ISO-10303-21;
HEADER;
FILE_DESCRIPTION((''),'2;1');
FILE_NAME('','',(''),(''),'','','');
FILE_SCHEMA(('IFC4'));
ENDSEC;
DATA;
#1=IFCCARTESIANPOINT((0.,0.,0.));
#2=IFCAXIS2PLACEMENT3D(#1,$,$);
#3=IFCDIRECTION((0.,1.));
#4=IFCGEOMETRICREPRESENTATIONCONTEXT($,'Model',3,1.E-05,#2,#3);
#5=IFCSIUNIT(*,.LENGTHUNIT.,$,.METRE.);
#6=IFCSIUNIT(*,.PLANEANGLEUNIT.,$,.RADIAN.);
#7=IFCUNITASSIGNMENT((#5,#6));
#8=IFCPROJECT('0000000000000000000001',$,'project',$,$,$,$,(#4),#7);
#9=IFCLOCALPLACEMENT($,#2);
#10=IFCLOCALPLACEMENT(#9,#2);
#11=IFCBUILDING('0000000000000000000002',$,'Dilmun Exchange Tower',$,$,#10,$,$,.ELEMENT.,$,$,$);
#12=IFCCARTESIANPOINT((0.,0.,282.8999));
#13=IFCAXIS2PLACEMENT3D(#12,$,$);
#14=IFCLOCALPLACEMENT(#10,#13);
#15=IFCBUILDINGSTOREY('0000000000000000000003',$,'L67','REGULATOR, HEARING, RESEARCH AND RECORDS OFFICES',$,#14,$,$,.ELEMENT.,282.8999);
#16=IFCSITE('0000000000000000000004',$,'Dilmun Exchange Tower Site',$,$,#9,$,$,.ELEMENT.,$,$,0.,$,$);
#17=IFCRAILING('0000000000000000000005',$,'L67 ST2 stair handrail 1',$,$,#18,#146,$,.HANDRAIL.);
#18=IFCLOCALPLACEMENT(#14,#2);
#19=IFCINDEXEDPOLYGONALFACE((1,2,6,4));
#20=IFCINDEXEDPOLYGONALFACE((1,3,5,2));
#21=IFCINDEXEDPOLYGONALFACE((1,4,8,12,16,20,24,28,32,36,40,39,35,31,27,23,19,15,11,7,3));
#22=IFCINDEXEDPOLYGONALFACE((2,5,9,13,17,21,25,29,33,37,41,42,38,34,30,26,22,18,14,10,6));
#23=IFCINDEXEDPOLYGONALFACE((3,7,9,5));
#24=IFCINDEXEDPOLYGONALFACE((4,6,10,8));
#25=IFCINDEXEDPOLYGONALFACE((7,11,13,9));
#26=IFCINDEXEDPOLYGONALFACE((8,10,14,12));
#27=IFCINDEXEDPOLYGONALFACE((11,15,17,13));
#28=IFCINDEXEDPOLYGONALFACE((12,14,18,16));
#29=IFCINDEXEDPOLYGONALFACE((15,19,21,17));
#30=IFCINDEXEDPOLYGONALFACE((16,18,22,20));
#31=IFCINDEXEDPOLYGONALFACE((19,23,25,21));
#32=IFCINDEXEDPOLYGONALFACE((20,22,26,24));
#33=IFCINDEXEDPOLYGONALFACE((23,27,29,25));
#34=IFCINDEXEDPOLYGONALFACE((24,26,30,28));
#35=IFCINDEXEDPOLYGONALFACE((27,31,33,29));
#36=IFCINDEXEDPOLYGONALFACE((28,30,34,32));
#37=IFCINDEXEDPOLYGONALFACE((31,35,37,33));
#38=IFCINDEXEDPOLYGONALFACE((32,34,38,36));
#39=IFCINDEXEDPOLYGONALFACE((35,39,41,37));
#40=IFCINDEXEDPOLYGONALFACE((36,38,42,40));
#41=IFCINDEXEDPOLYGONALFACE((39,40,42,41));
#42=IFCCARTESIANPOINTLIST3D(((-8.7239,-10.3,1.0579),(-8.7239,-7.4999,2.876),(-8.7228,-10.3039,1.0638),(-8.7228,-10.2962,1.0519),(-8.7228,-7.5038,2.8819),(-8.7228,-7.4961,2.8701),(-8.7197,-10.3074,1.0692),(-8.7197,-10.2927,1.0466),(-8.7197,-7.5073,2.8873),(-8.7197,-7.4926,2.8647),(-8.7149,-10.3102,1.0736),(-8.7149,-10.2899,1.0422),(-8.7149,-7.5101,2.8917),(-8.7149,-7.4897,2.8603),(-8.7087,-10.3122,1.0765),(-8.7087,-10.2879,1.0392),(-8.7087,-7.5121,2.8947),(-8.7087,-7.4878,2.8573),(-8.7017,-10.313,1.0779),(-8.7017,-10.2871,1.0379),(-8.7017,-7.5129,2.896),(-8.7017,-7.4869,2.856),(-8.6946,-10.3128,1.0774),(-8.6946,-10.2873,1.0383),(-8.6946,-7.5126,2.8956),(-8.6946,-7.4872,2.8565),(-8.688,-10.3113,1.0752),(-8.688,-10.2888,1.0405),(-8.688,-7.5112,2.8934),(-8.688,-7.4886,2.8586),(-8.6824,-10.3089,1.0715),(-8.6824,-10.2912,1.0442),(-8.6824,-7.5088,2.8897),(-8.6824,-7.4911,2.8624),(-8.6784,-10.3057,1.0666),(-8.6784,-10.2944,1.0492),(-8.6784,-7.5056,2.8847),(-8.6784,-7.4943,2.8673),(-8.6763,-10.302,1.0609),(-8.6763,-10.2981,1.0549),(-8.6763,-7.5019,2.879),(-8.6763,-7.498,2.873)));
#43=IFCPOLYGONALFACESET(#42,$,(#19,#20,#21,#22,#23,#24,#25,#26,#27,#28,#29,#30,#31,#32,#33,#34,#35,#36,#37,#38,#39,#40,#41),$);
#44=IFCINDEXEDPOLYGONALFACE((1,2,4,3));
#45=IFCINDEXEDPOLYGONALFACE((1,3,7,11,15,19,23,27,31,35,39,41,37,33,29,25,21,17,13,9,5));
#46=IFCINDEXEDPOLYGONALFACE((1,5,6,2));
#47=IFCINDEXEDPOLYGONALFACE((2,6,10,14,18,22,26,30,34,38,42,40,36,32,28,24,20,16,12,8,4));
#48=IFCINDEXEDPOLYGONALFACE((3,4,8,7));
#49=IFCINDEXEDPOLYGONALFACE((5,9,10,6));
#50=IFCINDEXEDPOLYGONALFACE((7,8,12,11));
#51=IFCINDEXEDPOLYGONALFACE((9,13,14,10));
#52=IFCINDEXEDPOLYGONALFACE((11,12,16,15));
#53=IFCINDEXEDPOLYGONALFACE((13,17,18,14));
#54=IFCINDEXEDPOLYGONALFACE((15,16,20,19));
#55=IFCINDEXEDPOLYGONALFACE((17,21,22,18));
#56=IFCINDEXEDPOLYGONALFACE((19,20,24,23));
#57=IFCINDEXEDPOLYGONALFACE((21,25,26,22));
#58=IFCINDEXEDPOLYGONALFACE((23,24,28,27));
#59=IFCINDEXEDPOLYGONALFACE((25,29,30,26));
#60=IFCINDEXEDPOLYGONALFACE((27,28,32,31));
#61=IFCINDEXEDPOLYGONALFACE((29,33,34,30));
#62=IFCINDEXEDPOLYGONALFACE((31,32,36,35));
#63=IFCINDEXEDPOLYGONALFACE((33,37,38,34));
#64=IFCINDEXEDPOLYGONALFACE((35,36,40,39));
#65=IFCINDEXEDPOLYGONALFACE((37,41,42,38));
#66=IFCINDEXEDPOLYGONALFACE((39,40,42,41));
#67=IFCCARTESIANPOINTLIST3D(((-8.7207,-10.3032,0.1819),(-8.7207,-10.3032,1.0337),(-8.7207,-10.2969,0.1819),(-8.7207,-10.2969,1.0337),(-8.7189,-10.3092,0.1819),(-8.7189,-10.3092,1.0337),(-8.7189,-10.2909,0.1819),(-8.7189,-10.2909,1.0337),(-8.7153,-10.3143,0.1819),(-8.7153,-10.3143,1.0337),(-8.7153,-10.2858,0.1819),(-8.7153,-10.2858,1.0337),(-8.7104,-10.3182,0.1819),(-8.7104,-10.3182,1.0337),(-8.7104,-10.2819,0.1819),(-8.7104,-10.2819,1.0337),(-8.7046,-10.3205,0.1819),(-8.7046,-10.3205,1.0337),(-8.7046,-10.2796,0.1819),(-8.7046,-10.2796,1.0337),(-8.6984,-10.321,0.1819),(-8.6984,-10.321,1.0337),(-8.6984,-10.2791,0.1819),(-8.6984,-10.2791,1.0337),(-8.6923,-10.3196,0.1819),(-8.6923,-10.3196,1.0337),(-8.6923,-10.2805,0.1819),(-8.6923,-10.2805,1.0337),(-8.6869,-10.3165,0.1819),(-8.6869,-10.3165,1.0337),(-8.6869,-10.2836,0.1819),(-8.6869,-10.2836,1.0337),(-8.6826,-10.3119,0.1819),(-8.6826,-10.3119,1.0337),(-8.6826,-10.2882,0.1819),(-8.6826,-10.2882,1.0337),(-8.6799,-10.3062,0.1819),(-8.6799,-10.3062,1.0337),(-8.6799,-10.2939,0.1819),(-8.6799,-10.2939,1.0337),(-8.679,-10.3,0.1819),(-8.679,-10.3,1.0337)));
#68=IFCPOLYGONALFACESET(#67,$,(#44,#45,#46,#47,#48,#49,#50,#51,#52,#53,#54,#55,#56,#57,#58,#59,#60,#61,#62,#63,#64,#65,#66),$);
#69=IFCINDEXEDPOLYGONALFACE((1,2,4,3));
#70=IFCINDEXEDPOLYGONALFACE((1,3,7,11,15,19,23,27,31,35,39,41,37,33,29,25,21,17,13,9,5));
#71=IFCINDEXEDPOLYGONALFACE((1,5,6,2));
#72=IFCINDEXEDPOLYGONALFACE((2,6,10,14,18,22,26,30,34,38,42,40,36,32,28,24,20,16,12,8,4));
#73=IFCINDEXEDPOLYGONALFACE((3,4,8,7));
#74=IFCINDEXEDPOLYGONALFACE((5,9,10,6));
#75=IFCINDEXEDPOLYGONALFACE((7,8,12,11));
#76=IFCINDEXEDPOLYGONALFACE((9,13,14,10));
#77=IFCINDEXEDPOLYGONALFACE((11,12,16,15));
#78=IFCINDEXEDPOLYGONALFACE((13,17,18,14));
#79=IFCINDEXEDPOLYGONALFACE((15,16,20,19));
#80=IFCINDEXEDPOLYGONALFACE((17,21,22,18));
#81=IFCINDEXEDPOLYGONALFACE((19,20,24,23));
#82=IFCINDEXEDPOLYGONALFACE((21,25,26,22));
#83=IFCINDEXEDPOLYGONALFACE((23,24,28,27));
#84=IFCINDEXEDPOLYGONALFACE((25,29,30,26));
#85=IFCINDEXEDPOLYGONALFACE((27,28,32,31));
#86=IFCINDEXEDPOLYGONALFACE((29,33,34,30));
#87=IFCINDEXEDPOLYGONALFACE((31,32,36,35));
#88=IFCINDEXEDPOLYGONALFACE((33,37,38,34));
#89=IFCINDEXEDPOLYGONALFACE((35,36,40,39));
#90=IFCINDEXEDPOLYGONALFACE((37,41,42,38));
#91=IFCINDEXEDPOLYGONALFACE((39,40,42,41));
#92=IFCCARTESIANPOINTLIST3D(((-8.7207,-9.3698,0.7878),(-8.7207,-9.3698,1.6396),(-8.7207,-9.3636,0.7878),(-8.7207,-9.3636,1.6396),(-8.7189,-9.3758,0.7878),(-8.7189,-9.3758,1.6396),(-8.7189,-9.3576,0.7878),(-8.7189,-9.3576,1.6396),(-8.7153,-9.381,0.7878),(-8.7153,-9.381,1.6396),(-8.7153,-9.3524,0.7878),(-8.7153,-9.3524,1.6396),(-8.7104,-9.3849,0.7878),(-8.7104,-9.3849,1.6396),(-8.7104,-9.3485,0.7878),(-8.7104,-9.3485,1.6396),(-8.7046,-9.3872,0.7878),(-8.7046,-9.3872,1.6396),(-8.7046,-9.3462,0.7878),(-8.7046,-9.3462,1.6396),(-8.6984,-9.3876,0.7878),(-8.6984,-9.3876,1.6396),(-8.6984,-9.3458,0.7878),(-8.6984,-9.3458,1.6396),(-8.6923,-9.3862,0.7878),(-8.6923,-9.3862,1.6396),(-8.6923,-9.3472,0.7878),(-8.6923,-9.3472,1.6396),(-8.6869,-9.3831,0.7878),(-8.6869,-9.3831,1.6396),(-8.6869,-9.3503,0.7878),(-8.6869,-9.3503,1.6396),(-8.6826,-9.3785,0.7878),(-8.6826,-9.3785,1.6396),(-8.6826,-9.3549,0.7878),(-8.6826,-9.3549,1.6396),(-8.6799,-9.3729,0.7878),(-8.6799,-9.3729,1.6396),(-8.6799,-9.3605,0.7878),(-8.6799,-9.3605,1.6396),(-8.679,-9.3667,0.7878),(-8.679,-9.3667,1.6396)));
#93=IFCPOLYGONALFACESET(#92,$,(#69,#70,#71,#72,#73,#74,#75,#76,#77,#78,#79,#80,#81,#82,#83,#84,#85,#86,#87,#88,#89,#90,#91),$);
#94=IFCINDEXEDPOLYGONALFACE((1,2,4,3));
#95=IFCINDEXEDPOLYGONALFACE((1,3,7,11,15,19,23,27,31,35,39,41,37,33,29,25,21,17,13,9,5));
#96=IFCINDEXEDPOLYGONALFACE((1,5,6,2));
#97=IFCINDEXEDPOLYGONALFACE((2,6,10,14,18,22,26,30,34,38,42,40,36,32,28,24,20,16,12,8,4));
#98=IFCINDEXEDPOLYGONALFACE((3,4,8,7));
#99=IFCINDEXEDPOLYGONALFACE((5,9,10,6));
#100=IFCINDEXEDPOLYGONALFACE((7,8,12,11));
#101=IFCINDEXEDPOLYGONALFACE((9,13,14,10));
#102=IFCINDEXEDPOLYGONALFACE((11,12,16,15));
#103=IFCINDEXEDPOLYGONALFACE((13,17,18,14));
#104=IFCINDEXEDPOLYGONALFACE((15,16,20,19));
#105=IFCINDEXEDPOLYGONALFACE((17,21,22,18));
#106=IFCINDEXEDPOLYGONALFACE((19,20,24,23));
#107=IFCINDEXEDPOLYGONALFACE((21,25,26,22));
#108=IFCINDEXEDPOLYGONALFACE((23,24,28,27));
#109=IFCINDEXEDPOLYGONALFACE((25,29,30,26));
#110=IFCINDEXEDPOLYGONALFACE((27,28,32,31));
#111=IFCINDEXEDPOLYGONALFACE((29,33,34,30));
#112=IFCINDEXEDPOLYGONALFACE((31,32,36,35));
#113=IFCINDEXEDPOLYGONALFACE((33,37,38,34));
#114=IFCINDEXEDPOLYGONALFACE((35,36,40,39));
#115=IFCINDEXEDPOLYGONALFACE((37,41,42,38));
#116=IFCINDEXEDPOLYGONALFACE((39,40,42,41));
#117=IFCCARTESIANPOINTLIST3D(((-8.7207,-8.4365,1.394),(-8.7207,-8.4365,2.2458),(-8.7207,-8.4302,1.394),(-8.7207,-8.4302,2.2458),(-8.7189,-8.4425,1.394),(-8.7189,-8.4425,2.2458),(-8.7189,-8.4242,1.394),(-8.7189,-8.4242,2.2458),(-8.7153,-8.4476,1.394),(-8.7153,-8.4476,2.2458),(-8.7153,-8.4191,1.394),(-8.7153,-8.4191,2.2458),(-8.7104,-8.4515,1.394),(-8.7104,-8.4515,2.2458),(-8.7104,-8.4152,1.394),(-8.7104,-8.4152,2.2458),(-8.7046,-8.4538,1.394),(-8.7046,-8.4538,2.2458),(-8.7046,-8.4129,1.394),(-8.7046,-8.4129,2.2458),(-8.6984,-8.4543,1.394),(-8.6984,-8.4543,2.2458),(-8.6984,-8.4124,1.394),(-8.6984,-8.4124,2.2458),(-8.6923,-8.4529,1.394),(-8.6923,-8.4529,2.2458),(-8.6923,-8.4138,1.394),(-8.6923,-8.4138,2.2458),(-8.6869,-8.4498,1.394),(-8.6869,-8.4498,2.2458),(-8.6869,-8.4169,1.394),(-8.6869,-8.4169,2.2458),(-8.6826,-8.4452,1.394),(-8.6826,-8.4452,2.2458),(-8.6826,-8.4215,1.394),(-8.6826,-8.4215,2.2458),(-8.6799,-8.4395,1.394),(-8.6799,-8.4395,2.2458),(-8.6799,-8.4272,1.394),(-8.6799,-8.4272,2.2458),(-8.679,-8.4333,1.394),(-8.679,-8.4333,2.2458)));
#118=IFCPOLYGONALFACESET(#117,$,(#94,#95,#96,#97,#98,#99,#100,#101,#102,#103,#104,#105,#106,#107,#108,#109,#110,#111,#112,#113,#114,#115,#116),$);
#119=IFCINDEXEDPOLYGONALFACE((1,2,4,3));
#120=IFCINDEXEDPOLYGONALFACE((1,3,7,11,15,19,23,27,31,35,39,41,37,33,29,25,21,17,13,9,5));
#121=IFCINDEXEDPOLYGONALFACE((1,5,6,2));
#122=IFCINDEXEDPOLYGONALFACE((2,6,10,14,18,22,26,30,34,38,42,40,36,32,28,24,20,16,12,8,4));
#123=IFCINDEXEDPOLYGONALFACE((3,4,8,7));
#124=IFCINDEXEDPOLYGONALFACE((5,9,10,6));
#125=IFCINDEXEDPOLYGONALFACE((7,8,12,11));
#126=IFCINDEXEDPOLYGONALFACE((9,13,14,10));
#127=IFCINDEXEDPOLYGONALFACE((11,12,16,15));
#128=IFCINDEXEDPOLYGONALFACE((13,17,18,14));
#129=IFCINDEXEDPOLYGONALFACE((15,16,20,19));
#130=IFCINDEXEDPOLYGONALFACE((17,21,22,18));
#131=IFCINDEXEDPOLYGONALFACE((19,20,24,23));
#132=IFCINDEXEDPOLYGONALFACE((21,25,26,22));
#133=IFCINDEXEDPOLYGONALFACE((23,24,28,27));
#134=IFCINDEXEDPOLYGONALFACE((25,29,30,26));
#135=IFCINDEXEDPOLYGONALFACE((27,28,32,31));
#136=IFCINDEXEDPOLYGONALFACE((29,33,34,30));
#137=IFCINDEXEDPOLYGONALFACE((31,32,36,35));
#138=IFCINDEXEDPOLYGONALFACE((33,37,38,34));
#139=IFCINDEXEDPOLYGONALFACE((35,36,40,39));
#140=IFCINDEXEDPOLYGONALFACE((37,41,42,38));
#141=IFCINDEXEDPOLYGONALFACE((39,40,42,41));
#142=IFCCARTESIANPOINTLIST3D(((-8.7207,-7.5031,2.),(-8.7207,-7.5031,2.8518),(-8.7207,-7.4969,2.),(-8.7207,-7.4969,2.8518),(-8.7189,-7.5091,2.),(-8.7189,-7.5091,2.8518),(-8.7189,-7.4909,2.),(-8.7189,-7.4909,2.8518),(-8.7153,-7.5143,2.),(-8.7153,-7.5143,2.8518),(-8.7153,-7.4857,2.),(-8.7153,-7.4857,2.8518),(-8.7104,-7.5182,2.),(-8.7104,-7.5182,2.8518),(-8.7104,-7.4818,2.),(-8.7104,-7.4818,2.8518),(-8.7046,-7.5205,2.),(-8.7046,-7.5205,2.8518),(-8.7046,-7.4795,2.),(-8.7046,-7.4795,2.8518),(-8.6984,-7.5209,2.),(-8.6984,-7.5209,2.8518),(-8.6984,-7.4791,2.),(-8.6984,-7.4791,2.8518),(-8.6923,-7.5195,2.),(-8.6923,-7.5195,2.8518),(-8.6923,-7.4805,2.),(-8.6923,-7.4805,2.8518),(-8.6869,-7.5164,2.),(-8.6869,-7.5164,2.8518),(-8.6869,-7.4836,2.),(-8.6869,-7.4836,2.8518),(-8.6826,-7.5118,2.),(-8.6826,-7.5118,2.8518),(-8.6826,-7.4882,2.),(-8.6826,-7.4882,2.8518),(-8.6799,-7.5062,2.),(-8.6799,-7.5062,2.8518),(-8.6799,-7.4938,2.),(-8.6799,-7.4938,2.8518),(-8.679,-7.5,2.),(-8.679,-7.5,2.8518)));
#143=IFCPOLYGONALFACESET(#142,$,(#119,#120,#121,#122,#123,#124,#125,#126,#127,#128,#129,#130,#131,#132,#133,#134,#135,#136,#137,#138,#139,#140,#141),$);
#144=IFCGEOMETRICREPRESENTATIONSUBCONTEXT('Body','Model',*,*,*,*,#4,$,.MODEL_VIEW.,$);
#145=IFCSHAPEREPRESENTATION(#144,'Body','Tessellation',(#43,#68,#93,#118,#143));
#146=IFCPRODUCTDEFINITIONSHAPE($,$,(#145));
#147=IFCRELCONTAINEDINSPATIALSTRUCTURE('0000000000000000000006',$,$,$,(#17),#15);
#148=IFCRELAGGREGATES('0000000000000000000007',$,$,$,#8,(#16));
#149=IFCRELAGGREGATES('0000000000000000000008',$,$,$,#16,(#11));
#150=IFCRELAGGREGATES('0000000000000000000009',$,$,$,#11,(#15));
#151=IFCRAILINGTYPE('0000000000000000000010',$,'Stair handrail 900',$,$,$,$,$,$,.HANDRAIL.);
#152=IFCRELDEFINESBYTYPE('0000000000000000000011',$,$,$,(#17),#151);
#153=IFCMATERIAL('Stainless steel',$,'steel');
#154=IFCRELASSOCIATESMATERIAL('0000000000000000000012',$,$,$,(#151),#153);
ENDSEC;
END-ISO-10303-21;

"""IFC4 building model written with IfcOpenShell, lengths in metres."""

from ifc_helpers import new_model, si_unit, direction, frame, origin, origin_2d, place, context, subcontext, project, spatial, circle, extrude, material, type_object, element, save


model = new_model("IFC4")

# Units and contexts
model_context = context("Model", 3, precision=1e-05, world=origin(), true_north=direction((0.0, 1.0)))
body_context = subcontext(model_context, "Body", "Model", "MODEL_VIEW")
ifc_project = project(units=[si_unit("LENGTHUNIT", "METRE"), si_unit("PLANEANGLEUNIT", "RADIAN")], contexts=[model_context])

# Site, building, storey
site_placement = place(None, origin())
site = spatial("IfcSite", under=ifc_project, at=site_placement, Name="Dilmun Exchange Tower Site", CompositionType="ELEMENT", RefElevation=0.0)
building_placement = place(site_placement, origin())
building = spatial("IfcBuilding", under=site, at=building_placement, Name="Dilmun Exchange Tower", CompositionType="ELEMENT")
storey_placement = place(building_placement, frame((0.0, 0.0, 282.8999)))
storey = spatial("IfcBuildingStorey", under=building, at=storey_placement, Name="L67", Description="REGULATOR, HEARING, RESEARCH AND RECORDS OFFICES", CompositionType="ELEMENT", Elevation=282.8999)

# Railing
ifc_material_1 = material(Name="Stainless steel", Category="steel")
railing_type = type_object("IfcRailingType", Name="Stair handrail 900", PredefinedType="HANDRAIL", material=ifc_material_1)
railing_placement = place(storey_placement, frame((-8.7, -10.3, 0.1819)))
element("IfcRailing", 1, at=railing_placement, inside=storey, type_object=railing_type, Name="L67 ST2 stair handrail 1", PredefinedType="HANDRAIL", context=body_context, shape_type="SweptSolid", body=[
    extrude(circle(Radius=0.0239, at=origin_2d()), frame((0.0, 0.0, 0.876), z_axis=(0.0, 0.838706, 0.544585), x_axis=(-1.0, 0.0, 0.0)), (0.0, 0.0, 1.0), 3.3386),
    extrude(circle(Radius=0.021, at=origin_2d()), origin(), (0.0, 0.0, 1.0), 0.8518),
    extrude(circle(Radius=0.021, at=origin_2d()), frame((0.0, 0.9333, 0.606)), (0.0, 0.0, 1.0), 0.8518),
    extrude(circle(Radius=0.021, at=origin_2d()), frame((0.0, 1.8667, 1.2122)), (0.0, 0.0, 1.0), 0.8518),
    extrude(circle(Radius=0.021, at=origin_2d()), frame((0.0, 2.8, 1.8181)), (0.0, 0.0, 1.0), 0.8518),
])

save(model, "model.ifc")
